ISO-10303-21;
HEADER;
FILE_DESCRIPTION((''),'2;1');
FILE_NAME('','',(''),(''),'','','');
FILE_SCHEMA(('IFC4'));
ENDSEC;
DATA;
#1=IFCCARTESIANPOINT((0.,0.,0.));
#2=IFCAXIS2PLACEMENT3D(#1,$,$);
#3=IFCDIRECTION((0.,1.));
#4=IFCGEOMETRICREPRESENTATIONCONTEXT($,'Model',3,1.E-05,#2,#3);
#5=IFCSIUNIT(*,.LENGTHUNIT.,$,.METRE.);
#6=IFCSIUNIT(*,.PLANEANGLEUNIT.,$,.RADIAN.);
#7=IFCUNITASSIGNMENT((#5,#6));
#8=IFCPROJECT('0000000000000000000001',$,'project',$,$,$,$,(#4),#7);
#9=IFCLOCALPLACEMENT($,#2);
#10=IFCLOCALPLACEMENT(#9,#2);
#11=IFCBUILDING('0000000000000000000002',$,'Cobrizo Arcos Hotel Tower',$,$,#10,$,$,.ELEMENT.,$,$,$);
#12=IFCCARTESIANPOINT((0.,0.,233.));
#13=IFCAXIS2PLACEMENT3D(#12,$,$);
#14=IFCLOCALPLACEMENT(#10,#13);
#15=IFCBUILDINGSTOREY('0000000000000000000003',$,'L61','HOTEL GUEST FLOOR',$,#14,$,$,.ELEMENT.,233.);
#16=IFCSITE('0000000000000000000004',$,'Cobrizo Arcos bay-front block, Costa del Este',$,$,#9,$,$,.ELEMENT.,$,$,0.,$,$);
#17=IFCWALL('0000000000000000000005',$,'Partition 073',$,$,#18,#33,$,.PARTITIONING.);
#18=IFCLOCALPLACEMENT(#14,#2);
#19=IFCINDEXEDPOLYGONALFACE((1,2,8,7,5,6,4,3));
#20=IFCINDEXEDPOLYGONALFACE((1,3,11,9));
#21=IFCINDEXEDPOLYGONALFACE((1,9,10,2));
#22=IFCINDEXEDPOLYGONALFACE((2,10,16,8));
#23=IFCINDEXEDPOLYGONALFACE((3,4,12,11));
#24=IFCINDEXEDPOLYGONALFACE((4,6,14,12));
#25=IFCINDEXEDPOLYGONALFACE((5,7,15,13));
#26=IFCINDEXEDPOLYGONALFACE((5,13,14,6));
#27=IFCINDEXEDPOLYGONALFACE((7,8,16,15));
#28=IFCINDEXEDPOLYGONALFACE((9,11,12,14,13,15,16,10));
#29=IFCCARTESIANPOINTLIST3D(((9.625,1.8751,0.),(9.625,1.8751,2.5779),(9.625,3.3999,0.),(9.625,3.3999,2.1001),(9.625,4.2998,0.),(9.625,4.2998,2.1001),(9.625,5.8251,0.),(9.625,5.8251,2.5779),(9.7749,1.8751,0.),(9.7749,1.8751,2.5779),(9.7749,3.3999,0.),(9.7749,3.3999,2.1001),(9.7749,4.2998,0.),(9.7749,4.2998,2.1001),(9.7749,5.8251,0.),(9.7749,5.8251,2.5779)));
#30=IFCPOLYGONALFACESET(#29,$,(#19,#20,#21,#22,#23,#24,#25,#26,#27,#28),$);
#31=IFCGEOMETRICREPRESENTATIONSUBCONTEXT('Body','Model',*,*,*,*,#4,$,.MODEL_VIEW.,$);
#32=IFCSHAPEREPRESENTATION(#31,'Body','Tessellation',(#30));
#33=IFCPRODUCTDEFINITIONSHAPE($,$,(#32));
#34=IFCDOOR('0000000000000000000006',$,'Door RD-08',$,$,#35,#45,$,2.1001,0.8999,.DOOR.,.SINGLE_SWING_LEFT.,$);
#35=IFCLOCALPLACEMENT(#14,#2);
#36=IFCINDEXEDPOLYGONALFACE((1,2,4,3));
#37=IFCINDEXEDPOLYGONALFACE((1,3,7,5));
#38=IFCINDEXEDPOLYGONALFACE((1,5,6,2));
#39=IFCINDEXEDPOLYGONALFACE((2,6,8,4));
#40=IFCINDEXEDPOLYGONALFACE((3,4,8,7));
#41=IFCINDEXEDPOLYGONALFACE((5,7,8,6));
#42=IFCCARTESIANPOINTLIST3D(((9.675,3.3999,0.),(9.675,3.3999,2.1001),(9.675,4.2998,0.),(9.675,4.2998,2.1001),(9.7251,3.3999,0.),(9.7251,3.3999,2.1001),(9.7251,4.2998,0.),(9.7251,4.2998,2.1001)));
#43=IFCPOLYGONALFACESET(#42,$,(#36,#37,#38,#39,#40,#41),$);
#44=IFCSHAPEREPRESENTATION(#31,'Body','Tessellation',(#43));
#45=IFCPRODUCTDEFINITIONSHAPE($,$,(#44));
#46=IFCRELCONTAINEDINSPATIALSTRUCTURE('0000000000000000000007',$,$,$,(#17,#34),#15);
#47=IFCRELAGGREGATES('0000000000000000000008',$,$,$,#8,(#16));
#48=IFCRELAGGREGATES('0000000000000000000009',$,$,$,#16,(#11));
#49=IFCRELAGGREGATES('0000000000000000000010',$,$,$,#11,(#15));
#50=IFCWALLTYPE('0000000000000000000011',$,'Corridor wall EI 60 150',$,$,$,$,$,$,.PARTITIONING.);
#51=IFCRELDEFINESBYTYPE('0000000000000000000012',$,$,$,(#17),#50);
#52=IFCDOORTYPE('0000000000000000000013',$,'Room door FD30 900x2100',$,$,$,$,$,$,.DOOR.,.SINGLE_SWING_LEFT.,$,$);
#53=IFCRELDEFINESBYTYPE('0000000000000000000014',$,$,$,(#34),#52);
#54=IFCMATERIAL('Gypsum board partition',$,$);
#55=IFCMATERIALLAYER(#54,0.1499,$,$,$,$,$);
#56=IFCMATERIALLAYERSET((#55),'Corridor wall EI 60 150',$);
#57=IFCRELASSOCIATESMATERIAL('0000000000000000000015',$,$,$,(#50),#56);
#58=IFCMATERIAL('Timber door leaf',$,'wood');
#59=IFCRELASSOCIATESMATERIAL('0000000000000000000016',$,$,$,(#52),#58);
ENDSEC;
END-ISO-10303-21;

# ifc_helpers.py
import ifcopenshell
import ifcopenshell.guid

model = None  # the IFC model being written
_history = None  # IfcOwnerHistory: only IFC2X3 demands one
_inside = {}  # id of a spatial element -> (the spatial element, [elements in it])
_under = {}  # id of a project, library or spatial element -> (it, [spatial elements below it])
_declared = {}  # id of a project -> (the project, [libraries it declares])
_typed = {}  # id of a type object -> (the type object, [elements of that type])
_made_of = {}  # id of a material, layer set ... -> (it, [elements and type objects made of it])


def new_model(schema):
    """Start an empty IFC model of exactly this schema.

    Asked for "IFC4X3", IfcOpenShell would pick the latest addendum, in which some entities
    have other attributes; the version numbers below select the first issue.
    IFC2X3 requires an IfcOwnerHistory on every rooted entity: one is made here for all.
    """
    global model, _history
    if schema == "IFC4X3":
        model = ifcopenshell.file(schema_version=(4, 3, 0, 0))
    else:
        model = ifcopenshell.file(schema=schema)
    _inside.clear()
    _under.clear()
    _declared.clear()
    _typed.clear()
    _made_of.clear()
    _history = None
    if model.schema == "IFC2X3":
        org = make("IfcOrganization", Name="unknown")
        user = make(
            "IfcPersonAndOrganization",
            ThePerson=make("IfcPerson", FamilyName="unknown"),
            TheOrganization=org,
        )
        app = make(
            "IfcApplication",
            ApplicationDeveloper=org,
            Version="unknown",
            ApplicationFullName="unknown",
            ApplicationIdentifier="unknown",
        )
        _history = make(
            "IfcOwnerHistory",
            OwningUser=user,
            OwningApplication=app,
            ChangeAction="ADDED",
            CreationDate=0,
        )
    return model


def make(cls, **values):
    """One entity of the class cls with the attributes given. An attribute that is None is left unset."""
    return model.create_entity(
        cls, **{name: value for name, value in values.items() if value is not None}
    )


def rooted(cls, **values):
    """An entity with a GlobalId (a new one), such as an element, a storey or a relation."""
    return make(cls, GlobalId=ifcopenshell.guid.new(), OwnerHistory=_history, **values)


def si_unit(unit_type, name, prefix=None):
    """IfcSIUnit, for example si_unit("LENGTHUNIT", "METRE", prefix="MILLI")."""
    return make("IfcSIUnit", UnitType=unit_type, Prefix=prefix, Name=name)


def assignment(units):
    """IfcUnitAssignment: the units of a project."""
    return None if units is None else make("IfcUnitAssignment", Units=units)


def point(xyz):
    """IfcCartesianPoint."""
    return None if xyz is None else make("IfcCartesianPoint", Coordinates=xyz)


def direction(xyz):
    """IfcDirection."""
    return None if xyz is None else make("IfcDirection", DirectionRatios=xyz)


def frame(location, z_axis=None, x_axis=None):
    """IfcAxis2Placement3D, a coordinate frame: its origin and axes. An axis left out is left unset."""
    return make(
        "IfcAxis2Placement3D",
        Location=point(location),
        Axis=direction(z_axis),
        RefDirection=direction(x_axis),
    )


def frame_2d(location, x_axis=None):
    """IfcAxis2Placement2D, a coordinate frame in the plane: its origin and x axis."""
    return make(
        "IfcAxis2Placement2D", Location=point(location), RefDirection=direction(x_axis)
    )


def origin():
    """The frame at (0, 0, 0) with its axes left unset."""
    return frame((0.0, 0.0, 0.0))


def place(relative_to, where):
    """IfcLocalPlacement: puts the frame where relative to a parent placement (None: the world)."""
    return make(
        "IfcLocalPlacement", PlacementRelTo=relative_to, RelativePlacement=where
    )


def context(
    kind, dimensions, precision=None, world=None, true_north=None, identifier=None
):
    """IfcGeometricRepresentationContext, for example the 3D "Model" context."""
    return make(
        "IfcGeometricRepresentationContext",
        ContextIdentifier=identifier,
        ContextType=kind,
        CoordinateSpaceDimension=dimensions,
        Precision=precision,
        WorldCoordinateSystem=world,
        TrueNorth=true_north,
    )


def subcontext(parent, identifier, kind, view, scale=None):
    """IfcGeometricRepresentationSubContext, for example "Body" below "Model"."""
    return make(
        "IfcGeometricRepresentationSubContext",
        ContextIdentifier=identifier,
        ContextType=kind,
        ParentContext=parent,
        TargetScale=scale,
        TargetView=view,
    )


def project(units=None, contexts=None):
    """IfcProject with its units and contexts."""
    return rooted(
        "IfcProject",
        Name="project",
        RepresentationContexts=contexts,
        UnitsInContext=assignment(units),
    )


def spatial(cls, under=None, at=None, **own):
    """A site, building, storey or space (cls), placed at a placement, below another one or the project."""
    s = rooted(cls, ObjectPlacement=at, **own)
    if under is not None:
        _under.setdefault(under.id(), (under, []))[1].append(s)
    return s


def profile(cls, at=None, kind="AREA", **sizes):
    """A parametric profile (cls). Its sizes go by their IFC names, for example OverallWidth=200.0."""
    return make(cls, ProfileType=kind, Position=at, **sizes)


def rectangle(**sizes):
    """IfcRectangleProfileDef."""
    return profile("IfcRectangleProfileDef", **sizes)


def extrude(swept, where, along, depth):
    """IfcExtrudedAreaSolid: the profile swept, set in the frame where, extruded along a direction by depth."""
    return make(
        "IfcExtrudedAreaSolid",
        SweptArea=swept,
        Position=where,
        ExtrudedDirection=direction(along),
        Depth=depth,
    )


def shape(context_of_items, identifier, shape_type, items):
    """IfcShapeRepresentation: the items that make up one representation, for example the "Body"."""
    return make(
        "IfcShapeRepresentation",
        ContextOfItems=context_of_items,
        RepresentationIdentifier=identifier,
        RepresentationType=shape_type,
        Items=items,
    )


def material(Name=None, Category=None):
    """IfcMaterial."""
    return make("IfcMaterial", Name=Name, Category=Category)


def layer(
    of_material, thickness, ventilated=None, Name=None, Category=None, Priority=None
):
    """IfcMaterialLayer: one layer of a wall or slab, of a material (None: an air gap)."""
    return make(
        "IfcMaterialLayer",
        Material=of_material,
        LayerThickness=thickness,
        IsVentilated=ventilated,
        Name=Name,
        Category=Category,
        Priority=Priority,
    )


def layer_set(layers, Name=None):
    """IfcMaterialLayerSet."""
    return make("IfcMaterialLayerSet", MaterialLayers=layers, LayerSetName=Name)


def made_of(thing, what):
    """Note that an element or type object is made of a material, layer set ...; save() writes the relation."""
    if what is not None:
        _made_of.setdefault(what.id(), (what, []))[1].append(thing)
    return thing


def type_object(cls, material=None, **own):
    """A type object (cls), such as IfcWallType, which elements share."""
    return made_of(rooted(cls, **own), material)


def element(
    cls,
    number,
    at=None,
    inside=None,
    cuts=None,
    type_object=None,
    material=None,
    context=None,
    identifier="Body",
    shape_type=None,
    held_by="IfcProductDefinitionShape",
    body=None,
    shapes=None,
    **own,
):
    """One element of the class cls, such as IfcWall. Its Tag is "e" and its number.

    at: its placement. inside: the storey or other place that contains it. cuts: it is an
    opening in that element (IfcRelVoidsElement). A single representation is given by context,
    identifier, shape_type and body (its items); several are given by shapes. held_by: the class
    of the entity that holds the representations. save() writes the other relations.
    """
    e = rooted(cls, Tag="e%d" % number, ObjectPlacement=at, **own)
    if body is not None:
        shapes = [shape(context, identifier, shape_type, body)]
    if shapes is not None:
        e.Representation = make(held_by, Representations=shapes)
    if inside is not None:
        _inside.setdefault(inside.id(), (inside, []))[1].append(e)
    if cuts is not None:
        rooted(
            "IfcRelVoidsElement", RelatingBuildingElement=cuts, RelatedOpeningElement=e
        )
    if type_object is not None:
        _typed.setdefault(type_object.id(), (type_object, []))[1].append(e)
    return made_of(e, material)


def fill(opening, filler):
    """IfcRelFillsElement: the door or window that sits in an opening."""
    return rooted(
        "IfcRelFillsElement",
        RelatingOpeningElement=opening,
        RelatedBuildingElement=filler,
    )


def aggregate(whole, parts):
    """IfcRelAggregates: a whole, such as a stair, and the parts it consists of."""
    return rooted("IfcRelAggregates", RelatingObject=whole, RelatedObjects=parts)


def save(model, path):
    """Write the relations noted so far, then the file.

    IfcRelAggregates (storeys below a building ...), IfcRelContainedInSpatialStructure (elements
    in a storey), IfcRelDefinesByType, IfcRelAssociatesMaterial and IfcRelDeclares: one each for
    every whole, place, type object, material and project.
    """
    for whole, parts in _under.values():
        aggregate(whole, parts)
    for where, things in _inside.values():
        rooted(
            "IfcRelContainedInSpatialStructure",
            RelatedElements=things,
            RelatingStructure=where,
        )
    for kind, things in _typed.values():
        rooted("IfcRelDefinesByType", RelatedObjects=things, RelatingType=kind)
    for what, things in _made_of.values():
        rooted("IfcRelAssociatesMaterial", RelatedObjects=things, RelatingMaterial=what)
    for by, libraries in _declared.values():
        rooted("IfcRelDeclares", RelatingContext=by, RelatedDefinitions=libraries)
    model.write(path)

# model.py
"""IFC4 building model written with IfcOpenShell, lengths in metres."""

from ifc_helpers import new_model, si_unit, direction, frame, frame_2d, origin, place, context, subcontext, project, spatial, rectangle, extrude, material, layer, layer_set, type_object, element, fill, save


model = new_model("IFC4")

# Units and contexts
model_context = context("Model", 3, precision=1e-05, world=origin(), true_north=direction((0.0, 1.0)))
body_context = subcontext(model_context, "Body", "Model", "MODEL_VIEW")
ifc_project = project(units=[si_unit("LENGTHUNIT", "METRE"), si_unit("PLANEANGLEUNIT", "RADIAN")], contexts=[model_context])

# Site, building, storey
site_placement = place(None, origin())
site = spatial("IfcSite", under=ifc_project, at=site_placement, Name="Cobrizo Arcos bay-front block, Costa del Este", CompositionType="ELEMENT", RefElevation=0.0)
building_placement = place(site_placement, origin())
building = spatial("IfcBuilding", under=site, at=building_placement, Name="Cobrizo Arcos Hotel Tower", CompositionType="ELEMENT")
storey_placement = place(building_placement, frame((0.0, 0.0, 233.0)))
storey = spatial("IfcBuildingStorey", under=building, at=storey_placement, Name="L61", Description="HOTEL GUEST FLOOR", CompositionType="ELEMENT", Elevation=233.0)

# Shared definitions
ifc_material_1 = material(Name="Gypsum board partition")
ifc_layer_1 = layer(ifc_material_1, 0.1499)
ifc_layer_set_1 = layer_set([ifc_layer_1], Name="Corridor wall EI 60 150")
wall_type = type_object("IfcWallType", Name="Corridor wall EI 60 150", PredefinedType="PARTITIONING", material=ifc_layer_set_1)

# Wall, opening, door
ifc_material_2 = material(Name="Timber door leaf", Category="wood")
door_type = type_object("IfcDoorType", Name="Room door FD30 900x2100", OperationType="SINGLE_SWING_LEFT", PredefinedType="DOOR", material=ifc_material_2)
wall_1_placement = place(storey_placement, frame((9.7, 1.875, 0.0), z_axis=(0.0, 0.0, 1.0), x_axis=(0.0, 1.0, 0.0)))
wall_1 = element("IfcWall", 1, at=wall_1_placement, inside=storey, type_object=wall_type, Name="Partition 073", PredefinedType="PARTITIONING", context=body_context, shape_type="SweptSolid", body=[
    extrude(rectangle(XDim=3.95, YDim=0.1499, at=frame_2d((1.9751, 0.0))), origin(), (0.0, 0.0, 1.0), 2.5779),
])
opening_1_placement = place(wall_1_placement, frame((1.5249, 0.0, 0.0)))
opening_1 = element("IfcOpeningElement", 2, at=opening_1_placement, cuts=wall_1, PredefinedType="OPENING", context=body_context, shape_type="SweptSolid", body=[
    extrude(rectangle(XDim=0.8999, YDim=2.1001, at=frame_2d((0.45, 1.05))), frame((0.0, 0.0869, 0.0), z_axis=(0.0, -1.0, 0.0), x_axis=(1.0, 0.0, 0.0)), (0.0, 0.0, 1.0), 0.1738),
])
door_1_placement = place(opening_1_placement, origin())
door_1 = element("IfcDoor", 3, at=door_1_placement, inside=storey, type_object=door_type, Name="Door RD-08", OperationType="SINGLE_SWING_LEFT", OverallHeight=2.1001, OverallWidth=0.8999, PredefinedType="DOOR", context=body_context, shape_type="SweptSolid", body=[
    extrude(rectangle(XDim=0.8999, YDim=2.1001, at=frame_2d((0.45, 1.05))), frame((0.0, 0.0249, 0.0), z_axis=(0.0, -1.0, 0.0), x_axis=(1.0, 0.0, 0.0)), (0.0, 0.0, 1.0), 0.05),
])
fill(opening_1, door_1)

save(model, "model.ifc")
